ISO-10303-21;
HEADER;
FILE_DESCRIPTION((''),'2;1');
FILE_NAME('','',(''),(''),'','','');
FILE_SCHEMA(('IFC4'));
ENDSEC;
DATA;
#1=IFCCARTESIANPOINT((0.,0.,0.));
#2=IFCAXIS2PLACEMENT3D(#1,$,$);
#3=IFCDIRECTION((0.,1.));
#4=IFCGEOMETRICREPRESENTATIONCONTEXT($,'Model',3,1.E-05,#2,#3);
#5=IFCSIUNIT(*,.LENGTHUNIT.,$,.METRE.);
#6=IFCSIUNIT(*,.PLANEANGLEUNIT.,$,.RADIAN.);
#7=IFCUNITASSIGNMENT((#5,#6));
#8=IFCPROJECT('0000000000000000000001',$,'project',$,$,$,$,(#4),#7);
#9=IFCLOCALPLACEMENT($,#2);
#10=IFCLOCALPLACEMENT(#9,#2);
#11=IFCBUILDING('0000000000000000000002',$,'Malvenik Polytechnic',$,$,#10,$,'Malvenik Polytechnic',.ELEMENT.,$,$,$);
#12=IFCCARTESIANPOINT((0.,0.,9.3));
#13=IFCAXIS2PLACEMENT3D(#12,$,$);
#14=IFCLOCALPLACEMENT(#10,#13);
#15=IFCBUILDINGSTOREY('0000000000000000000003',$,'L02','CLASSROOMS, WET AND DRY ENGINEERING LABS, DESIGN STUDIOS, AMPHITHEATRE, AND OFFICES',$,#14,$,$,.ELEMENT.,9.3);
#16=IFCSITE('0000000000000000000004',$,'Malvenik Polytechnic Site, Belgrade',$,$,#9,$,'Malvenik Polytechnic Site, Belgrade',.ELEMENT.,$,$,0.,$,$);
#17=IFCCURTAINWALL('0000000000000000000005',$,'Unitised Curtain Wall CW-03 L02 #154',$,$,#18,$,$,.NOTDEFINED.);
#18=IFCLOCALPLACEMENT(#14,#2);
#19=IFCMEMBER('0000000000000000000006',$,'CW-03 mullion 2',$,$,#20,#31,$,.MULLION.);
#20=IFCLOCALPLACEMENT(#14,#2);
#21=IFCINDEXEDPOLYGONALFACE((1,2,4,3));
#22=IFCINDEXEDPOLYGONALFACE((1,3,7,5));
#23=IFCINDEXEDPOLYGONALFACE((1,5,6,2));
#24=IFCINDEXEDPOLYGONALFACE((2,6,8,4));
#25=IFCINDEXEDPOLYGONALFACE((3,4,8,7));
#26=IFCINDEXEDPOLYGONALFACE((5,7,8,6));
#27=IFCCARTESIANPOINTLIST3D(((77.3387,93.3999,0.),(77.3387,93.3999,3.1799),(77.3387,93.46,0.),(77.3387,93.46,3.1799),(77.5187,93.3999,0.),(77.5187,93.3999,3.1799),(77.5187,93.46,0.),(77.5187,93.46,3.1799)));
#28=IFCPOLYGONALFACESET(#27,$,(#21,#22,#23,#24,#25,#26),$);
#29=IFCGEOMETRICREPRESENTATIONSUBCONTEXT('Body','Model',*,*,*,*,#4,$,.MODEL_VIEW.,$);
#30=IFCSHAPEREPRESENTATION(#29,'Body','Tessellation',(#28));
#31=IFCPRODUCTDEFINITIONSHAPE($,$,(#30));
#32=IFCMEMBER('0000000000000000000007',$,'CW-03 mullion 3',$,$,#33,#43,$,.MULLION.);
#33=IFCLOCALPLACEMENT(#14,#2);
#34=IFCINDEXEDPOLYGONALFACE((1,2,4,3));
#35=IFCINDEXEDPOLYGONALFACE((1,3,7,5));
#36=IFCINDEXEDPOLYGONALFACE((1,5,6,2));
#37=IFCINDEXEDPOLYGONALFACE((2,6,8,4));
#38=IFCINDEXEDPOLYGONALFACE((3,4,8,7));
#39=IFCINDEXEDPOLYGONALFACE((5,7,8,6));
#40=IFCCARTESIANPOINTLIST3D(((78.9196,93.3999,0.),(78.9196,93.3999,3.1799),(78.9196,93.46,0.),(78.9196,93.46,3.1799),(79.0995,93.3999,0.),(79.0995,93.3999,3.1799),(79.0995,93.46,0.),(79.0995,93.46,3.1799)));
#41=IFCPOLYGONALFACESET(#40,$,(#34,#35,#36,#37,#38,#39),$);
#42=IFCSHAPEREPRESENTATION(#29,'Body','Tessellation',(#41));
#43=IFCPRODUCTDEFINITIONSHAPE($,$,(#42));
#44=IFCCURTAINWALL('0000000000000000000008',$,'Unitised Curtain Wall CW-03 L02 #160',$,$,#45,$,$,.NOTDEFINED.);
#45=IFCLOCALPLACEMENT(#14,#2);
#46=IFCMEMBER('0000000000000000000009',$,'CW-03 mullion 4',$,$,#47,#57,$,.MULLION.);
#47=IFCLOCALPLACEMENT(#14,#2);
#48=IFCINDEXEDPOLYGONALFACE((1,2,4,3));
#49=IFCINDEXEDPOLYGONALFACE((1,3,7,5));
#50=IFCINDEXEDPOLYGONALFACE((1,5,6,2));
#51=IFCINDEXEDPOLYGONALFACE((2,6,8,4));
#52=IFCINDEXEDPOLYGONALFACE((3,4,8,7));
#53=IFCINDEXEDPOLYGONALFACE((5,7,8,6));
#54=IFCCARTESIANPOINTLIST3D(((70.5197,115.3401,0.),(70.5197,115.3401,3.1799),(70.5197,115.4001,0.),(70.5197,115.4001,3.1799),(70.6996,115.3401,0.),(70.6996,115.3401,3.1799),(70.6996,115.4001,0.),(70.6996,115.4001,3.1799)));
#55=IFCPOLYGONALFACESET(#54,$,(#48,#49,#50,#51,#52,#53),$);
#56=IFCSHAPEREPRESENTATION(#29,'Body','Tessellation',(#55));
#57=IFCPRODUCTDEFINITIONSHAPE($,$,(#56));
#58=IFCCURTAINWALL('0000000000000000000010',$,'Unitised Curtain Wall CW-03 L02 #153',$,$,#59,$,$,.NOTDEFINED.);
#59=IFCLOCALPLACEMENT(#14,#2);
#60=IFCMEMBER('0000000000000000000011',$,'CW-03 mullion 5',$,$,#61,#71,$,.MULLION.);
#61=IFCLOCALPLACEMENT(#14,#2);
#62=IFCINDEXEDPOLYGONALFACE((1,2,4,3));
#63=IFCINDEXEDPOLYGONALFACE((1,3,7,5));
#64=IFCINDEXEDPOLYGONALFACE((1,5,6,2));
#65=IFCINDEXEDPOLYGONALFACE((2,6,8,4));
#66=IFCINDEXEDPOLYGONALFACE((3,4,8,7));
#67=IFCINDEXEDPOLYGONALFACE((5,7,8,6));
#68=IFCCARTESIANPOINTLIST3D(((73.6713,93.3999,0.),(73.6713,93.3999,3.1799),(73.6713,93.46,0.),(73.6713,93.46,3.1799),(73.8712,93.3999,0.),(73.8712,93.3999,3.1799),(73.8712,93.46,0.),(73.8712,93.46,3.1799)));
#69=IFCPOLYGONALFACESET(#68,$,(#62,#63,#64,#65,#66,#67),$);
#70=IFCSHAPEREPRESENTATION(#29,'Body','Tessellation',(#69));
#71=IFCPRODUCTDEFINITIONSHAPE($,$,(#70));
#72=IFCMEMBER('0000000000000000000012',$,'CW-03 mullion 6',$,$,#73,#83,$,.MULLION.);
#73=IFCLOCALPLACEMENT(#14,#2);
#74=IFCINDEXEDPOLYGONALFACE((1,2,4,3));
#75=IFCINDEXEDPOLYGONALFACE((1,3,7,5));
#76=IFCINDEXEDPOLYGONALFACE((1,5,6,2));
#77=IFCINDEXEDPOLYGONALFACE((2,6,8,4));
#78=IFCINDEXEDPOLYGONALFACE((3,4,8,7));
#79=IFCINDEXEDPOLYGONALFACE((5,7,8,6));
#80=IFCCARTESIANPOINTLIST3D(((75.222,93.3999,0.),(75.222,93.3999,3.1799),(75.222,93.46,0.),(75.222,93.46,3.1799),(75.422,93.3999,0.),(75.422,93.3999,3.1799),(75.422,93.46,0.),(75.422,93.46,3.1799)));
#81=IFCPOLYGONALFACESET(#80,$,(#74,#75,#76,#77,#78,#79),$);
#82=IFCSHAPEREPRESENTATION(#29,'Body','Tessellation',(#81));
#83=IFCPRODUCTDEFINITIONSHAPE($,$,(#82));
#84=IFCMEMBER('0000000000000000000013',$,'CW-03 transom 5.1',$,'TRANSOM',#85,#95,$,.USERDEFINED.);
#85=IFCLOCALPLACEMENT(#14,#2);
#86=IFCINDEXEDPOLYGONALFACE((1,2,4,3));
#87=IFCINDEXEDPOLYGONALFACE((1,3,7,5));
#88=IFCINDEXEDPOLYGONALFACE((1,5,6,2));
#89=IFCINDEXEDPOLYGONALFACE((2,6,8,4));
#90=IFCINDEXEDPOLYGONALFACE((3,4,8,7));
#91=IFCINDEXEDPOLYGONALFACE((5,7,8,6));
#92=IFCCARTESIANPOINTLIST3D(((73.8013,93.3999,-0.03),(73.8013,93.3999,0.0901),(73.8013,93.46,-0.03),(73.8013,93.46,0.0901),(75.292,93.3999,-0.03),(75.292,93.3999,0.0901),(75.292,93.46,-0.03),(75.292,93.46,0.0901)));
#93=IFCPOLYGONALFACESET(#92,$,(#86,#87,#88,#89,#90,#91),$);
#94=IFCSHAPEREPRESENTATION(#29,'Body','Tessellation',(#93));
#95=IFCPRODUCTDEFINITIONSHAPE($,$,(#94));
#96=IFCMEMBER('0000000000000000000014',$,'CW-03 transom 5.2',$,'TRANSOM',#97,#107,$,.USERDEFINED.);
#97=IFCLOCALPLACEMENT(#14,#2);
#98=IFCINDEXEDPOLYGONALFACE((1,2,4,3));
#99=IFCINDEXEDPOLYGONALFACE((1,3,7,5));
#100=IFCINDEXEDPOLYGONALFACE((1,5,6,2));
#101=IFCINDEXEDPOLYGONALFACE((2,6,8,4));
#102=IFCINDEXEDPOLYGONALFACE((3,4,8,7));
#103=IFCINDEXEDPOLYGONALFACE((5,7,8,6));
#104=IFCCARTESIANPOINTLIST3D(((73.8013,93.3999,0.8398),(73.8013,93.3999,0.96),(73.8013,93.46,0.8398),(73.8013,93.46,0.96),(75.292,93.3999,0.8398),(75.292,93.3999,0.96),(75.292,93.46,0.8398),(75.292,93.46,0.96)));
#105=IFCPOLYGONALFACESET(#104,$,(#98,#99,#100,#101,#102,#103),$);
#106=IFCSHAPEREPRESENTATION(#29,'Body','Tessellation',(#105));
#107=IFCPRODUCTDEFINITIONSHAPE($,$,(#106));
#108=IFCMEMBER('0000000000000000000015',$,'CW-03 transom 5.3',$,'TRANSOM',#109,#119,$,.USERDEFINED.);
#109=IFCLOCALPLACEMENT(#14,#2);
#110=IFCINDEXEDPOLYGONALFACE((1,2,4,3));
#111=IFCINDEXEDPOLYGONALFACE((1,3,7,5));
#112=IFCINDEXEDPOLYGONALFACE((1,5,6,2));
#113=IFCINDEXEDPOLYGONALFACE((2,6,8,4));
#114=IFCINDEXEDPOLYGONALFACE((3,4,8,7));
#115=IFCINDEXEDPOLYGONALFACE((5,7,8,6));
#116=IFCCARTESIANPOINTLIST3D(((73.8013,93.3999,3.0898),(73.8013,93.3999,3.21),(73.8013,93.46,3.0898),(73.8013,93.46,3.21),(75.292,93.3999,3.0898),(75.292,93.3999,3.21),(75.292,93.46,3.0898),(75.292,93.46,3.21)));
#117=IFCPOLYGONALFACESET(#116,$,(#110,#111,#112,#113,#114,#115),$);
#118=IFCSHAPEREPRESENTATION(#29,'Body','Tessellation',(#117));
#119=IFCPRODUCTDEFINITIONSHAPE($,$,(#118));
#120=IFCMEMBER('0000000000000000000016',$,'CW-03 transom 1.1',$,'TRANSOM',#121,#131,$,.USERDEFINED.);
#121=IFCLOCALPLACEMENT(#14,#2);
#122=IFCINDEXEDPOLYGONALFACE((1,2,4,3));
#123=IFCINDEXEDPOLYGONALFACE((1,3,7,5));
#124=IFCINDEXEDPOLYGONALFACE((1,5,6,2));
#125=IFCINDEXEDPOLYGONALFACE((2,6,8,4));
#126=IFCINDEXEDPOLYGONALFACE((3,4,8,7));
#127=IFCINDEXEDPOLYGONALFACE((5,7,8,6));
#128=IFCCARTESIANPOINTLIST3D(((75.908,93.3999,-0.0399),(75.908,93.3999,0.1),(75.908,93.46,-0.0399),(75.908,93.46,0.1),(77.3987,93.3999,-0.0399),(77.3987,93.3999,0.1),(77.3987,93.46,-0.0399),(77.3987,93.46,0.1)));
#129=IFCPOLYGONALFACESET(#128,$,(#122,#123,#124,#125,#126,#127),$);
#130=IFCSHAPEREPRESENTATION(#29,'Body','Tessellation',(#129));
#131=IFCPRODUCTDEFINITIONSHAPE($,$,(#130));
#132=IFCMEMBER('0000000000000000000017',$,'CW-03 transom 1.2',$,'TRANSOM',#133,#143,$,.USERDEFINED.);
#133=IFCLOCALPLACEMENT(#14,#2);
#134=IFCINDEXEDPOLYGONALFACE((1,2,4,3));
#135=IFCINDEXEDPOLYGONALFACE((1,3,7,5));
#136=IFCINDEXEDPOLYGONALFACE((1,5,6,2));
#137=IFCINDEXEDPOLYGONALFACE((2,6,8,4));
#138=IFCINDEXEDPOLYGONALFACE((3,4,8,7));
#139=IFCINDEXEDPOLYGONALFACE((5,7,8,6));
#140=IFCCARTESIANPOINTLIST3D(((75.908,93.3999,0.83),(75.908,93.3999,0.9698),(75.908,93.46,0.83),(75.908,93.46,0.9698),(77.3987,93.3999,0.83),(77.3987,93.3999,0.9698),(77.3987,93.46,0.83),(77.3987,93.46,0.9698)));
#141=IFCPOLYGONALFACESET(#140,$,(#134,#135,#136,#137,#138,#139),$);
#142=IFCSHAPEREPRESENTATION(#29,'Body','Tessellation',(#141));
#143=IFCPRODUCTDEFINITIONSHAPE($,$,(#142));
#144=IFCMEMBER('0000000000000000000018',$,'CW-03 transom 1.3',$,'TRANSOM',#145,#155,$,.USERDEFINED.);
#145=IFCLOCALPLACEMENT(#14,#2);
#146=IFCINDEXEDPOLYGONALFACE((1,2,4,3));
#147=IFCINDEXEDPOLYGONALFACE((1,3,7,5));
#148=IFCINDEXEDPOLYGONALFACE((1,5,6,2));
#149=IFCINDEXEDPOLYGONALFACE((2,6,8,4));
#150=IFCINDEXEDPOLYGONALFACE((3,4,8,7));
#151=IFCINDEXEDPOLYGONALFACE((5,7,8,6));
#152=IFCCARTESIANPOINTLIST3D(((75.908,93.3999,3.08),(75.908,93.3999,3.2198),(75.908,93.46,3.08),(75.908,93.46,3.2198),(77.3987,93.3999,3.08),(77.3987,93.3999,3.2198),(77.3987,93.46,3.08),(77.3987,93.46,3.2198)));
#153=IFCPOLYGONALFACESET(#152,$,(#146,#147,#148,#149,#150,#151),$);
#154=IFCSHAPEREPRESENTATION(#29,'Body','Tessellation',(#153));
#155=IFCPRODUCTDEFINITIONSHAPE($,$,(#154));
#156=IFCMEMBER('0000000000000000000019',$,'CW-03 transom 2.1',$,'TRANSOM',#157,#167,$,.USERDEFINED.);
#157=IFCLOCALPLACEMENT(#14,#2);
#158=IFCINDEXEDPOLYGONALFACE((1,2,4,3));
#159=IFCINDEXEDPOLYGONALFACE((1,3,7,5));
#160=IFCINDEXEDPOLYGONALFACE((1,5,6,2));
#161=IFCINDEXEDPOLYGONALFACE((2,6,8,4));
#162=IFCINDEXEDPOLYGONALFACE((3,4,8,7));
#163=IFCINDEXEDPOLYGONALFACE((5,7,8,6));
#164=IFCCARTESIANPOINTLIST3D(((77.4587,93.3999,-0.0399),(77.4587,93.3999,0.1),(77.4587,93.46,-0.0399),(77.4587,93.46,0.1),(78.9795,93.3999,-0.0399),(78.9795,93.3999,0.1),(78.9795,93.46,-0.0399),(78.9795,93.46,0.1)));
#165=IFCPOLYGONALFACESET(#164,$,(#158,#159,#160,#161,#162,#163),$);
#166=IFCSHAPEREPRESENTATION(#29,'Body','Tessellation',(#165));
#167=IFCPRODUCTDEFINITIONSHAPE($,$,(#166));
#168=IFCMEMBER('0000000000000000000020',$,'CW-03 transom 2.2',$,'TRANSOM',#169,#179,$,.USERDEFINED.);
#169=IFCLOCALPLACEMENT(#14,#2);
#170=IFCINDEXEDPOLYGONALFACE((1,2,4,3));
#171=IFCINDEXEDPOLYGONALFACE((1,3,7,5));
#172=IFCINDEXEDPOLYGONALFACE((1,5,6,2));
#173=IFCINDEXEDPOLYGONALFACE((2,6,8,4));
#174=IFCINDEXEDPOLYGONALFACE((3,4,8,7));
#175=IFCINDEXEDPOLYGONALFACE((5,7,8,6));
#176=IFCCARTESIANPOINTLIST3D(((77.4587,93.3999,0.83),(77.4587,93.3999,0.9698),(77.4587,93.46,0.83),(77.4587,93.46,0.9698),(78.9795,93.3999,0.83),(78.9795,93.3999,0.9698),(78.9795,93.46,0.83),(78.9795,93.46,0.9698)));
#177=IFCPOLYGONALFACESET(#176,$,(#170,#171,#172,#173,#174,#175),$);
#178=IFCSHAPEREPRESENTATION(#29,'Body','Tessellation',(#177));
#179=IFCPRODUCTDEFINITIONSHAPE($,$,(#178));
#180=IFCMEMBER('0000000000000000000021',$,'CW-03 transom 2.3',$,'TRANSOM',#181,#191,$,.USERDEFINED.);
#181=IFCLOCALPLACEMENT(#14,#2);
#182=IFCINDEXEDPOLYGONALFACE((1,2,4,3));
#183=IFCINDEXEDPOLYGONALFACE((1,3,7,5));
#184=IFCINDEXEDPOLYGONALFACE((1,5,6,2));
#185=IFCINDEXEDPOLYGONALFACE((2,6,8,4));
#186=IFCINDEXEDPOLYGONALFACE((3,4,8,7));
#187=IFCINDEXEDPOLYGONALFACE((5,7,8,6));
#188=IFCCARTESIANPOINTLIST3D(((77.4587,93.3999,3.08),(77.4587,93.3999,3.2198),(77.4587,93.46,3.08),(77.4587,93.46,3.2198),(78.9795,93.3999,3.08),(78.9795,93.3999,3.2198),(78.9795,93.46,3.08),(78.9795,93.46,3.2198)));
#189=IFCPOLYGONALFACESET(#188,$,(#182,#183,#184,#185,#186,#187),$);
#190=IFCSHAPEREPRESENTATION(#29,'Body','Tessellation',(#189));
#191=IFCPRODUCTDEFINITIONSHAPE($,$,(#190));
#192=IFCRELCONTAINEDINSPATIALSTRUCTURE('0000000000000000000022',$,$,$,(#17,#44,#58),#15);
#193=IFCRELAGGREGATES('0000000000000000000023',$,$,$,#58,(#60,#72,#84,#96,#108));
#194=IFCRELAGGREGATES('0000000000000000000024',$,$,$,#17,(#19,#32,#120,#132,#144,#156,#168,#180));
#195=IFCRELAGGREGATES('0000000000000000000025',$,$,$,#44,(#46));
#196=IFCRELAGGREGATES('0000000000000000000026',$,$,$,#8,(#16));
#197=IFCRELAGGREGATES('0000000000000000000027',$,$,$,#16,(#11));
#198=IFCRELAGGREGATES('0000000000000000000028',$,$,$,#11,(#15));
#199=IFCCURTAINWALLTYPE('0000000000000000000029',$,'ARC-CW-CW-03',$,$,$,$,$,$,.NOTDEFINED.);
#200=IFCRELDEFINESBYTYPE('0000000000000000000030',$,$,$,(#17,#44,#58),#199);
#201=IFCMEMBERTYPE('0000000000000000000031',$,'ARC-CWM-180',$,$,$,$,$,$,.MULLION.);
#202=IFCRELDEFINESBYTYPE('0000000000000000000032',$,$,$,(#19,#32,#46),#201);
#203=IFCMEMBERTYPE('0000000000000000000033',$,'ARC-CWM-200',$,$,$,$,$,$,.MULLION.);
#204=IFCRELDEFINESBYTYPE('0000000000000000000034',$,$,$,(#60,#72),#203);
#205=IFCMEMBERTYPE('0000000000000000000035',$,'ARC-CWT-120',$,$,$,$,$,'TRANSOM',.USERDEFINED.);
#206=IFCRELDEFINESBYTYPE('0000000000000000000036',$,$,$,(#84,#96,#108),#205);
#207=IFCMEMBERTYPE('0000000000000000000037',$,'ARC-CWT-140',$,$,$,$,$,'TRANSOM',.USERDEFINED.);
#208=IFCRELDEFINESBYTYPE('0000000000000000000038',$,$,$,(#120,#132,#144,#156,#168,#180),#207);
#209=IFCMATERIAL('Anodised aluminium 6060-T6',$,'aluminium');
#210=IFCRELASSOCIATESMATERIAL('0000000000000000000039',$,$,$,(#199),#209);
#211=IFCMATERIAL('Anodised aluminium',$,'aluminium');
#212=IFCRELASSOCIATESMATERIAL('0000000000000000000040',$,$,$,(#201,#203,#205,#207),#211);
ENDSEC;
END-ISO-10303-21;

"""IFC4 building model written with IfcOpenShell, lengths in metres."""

from ifc_helpers import new_model, si_unit, direction, frame, origin, origin_2d, place, context, subcontext, project, spatial, rectangle, extrude, material, material_profile, profile_set, type_object, element, aggregate, save


model = new_model("IFC4")

# Units and contexts
model_context = context("Model", 3, precision=1e-05, world=origin(), true_north=direction((0.0, 1.0)))
body_context = subcontext(model_context, "Body", "Model", "MODEL_VIEW")
ifc_project = project(units=[si_unit("LENGTHUNIT", "METRE"), si_unit("PLANEANGLEUNIT", "RADIAN")], contexts=[model_context])

# Site, building, storey
site_placement = place(None, origin())
site = spatial("IfcSite", under=ifc_project, at=site_placement, Name="Malvenik Polytechnic Site, Belgrade", LongName="Malvenik Polytechnic Site, Belgrade", CompositionType="ELEMENT", RefElevation=0.0)
building_placement = place(site_placement, origin())
building = spatial("IfcBuilding", under=site, at=building_placement, Name="Malvenik Polytechnic", LongName="Malvenik Polytechnic", CompositionType="ELEMENT")
storey_placement = place(building_placement, frame((0.0, 0.0, 9.3)))
storey = spatial("IfcBuildingStorey", under=building, at=storey_placement, Name="L02", Description="CLASSROOMS, WET AND DRY ENGINEERING LABS, DESIGN STUDIOS, AMPHITHEATRE, AND OFFICES", CompositionType="ELEMENT", Elevation=9.3)

# Curtain wall, members
ifc_material_1 = material(Name="Anodised aluminium 6060-T6", Category="aluminium")
curtain_wall_type = type_object("IfcCurtainWallType", Name="ARC-CW-CW-03", PredefinedType="NOTDEFINED", material=ifc_material_1)
curtain_wall_1_placement = place(storey_placement, origin())
curtain_wall_1 = element("IfcCurtainWall", 1, at=curtain_wall_1_placement, inside=storey, type_object=curtain_wall_type, Name="Unitised Curtain Wall CW-03 L02 #154", PredefinedType="NOTDEFINED")
ifc_material_2 = material(Name="Anodised aluminium", Category="aluminium")
ifc_material_profile_1 = material_profile(ifc_material_2, rectangle(XDim=0.0601, YDim=0.1799, at=origin_2d()), Name="ALU MULLION 60x180")
ifc_profile_set_1 = profile_set([ifc_material_profile_1], Name="Anodised aluminium")
member_type_1 = type_object("IfcMemberType", Name="ARC-CWM-180", PredefinedType="MULLION", material=ifc_profile_set_1)
member_1_placement = place(storey_placement, frame((77.4287, 93.4299, 0.0), z_axis=(0.0, 0.0, 1.0), x_axis=(0.0, 1.0, 0.0)))
member_1 = element("IfcMember", 2, at=member_1_placement, type_object=member_type_1, Name="CW-03 mullion 2", PredefinedType="MULLION", context=body_context, shape_type="SweptSolid", body=[
    extrude(rectangle(XDim=0.0601, YDim=0.1799, at=origin_2d()), origin(), (0.0, 0.0, 1.0), 3.1799),
])
member_2_placement = place(storey_placement, frame((79.0095, 93.4299, 0.0), z_axis=(0.0, 0.0, 1.0), x_axis=(0.0, 1.0, 0.0)))
member_2 = element("IfcMember", 3, at=member_2_placement, type_object=member_type_1, Name="CW-03 mullion 3", PredefinedType="MULLION", context=body_context, shape_type="SweptSolid", body=[
    extrude(rectangle(XDim=0.0601, YDim=0.1799, at=origin_2d()), origin(), (0.0, 0.0, 1.0), 3.1799),
])

# Curtain wall, member
curtain_wall_2_placement = place(storey_placement, origin())
curtain_wall_2 = element("IfcCurtainWall", 4, at=curtain_wall_2_placement, inside=storey, type_object=curtain_wall_type, Name="Unitised Curtain Wall CW-03 L02 #160", PredefinedType="NOTDEFINED")
member_3_placement = place(storey_placement, frame((70.6096, 115.3701, 0.0), z_axis=(0.0, 0.0, 1.0), x_axis=(0.0, -1.0, 0.0)))
member_3 = element("IfcMember", 5, at=member_3_placement, type_object=member_type_1, Name="CW-03 mullion 4", PredefinedType="MULLION", context=body_context, shape_type="SweptSolid", body=[
    extrude(rectangle(XDim=0.0601, YDim=0.1799, at=origin_2d()), origin(), (0.0, 0.0, 1.0), 3.1799),
])

# Curtain wall, members
curtain_wall_3_placement = place(storey_placement, origin())
curtain_wall_3 = element("IfcCurtainWall", 6, at=curtain_wall_3_placement, inside=storey, type_object=curtain_wall_type, Name="Unitised Curtain Wall CW-03 L02 #153", PredefinedType="NOTDEFINED")
ifc_material_profile_2 = material_profile(ifc_material_2, rectangle(XDim=0.0601, YDim=0.2, at=origin_2d()), Name="ALU MULLION 60x200")
ifc_profile_set_2 = profile_set([ifc_material_profile_2], Name="Anodised aluminium")
member_type_2 = type_object("IfcMemberType", Name="ARC-CWM-200", PredefinedType="MULLION", material=ifc_profile_set_2)
member_4_placement = place(storey_placement, frame((73.7712, 93.4299, 0.0), z_axis=(0.0, 0.0, 1.0), x_axis=(0.0, 1.0, 0.0)))
member_4 = element("IfcMember", 7, at=member_4_placement, type_object=member_type_2, Name="CW-03 mullion 5", PredefinedType="MULLION", context=body_context, shape_type="SweptSolid", body=[
    extrude(rectangle(XDim=0.0601, YDim=0.2, at=origin_2d()), origin(), (0.0, 0.0, 1.0), 3.1799),
])
member_5_placement = place(storey_placement, frame((75.322, 93.4299, 0.0), z_axis=(0.0, 0.0, 1.0), x_axis=(0.0, 1.0, 0.0)))
member_5 = element("IfcMember", 8, at=member_5_placement, type_object=member_type_2, Name="CW-03 mullion 6", PredefinedType="MULLION", context=body_context, shape_type="SweptSolid", body=[
    extrude(rectangle(XDim=0.0601, YDim=0.2, at=origin_2d()), origin(), (0.0, 0.0, 1.0), 3.1799),
])
ifc_material_profile_3 = material_profile(ifc_material_2, rectangle(XDim=0.0601, YDim=0.1201, at=origin_2d()), Name="ALU TRANSOM 60x120")
ifc_profile_set_3 = profile_set([ifc_material_profile_3], Name="Anodised aluminium")
member_type_3 = type_object("IfcMemberType", Name="ARC-CWT-120", ElementType="TRANSOM", PredefinedType="USERDEFINED", material=ifc_profile_set_3)
member_6_placement = place(storey_placement, frame((73.8013, 93.4299, 0.03), z_axis=(1.0, 0.0, 0.0), x_axis=(0.0, 1.0, 0.0)))
member_6 = element("IfcMember", 9, at=member_6_placement, type_object=member_type_3, Name="CW-03 transom 5.1", ObjectType="TRANSOM", PredefinedType="USERDEFINED", context=body_context, shape_type="SweptSolid", body=[
    extrude(rectangle(XDim=0.0601, YDim=0.1201, at=origin_2d()), origin(), (0.0, 0.0, 1.0), 1.4907),
])
member_7_placement = place(storey_placement, frame((73.8013, 93.4299, 0.8999), z_axis=(1.0, 0.0, 0.0), x_axis=(0.0, 1.0, 0.0)))
member_7 = element("IfcMember", 10, at=member_7_placement, type_object=member_type_3, Name="CW-03 transom 5.2", ObjectType="TRANSOM", PredefinedType="USERDEFINED", context=body_context, shape_type="SweptSolid", body=[
    extrude(rectangle(XDim=0.0601, YDim=0.1201, at=origin_2d()), origin(), (0.0, 0.0, 1.0), 1.4907),
])
member_8_placement = place(storey_placement, frame((73.8013, 93.4299, 3.1499), z_axis=(1.0, 0.0, 0.0), x_axis=(0.0, 1.0, 0.0)))
member_8 = element("IfcMember", 11, at=member_8_placement, type_object=member_type_3, Name="CW-03 transom 5.3", ObjectType="TRANSOM", PredefinedType="USERDEFINED", context=body_context, shape_type="SweptSolid", body=[
    extrude(rectangle(XDim=0.0601, YDim=0.1201, at=origin_2d()), origin(), (0.0, 0.0, 1.0), 1.4907),
])

# Members
ifc_material_profile_4 = material_profile(ifc_material_2, rectangle(XDim=0.0601, YDim=0.1399, at=origin_2d()), Name="ALU TRANSOM 60x140")
ifc_profile_set_4 = profile_set([ifc_material_profile_4], Name="Anodised aluminium")
member_type_4 = type_object("IfcMemberType", Name="ARC-CWT-140", ElementType="TRANSOM", PredefinedType="USERDEFINED", material=ifc_profile_set_4)
member_9_placement = place(storey_placement, frame((75.908, 93.4299, 0.03), z_axis=(1.0, 0.0, 0.0), x_axis=(0.0, 1.0, 0.0)))
member_9 = element("IfcMember", 12, at=member_9_placement, type_object=member_type_4, Name="CW-03 transom 1.1", ObjectType="TRANSOM", PredefinedType="USERDEFINED", context=body_context, shape_type="SweptSolid", body=[
    extrude(rectangle(XDim=0.0601, YDim=0.1399, at=origin_2d()), origin(), (0.0, 0.0, 1.0), 1.4907),
])
member_10_placement = place(storey_placement, frame((75.908, 93.4299, 0.8999), z_axis=(1.0, 0.0, 0.0), x_axis=(0.0, 1.0, 0.0)))
member_10 = element("IfcMember", 13, at=member_10_placement, type_object=member_type_4, Name="CW-03 transom 1.2", ObjectType="TRANSOM", PredefinedType="USERDEFINED", context=body_context, shape_type="SweptSolid", body=[
    extrude(rectangle(XDim=0.0601, YDim=0.1399, at=origin_2d()), origin(), (0.0, 0.0, 1.0), 1.4907),
])
member_11_placement = place(storey_placement, frame((75.908, 93.4299, 3.1499), z_axis=(1.0, 0.0, 0.0), x_axis=(0.0, 1.0, 0.0)))
member_11 = element("IfcMember", 14, at=member_11_placement, type_object=member_type_4, Name="CW-03 transom 1.3", ObjectType="TRANSOM", PredefinedType="USERDEFINED", context=body_context, shape_type="SweptSolid", body=[
    extrude(rectangle(XDim=0.0601, YDim=0.1399, at=origin_2d()), origin(), (0.0, 0.0, 1.0), 1.4907),
])
member_12_placement = place(storey_placement, frame((77.4587, 93.4299, 0.03), z_axis=(1.0, 0.0, 0.0), x_axis=(0.0, 1.0, 0.0)))
member_12 = element("IfcMember", 15, at=member_12_placement, type_object=member_type_4, Name="CW-03 transom 2.1", ObjectType="TRANSOM", PredefinedType="USERDEFINED", context=body_context, shape_type="SweptSolid", body=[
    extrude(rectangle(XDim=0.0601, YDim=0.1399, at=origin_2d()), origin(), (0.0, 0.0, 1.0), 1.5208),
])
member_13_placement = place(storey_placement, frame((77.4587, 93.4299, 0.8999), z_axis=(1.0, 0.0, 0.0), x_axis=(0.0, 1.0, 0.0)))
member_13 = element("IfcMember", 16, at=member_13_placement, type_object=member_type_4, Name="CW-03 transom 2.2", ObjectType="TRANSOM", PredefinedType="USERDEFINED", context=body_context, shape_type="SweptSolid", body=[
    extrude(rectangle(XDim=0.0601, YDim=0.1399, at=origin_2d()), origin(), (0.0, 0.0, 1.0), 1.5208),
])
member_14_placement = place(storey_placement, frame((77.4587, 93.4299, 3.1499), z_axis=(1.0, 0.0, 0.0), x_axis=(0.0, 1.0, 0.0)))
member_14 = element("IfcMember", 17, at=member_14_placement, type_object=member_type_4, Name="CW-03 transom 2.3", ObjectType="TRANSOM", PredefinedType="USERDEFINED", context=body_context, shape_type="SweptSolid", body=[
    extrude(rectangle(XDim=0.0601, YDim=0.1399, at=origin_2d()), origin(), (0.0, 0.0, 1.0), 1.5208),
])

aggregate(curtain_wall_3, [member_4, member_5, member_6, member_7, member_8])
aggregate(curtain_wall_1, [member_1, member_2, member_9, member_10, member_11, member_12, member_13, member_14])
aggregate(curtain_wall_2, [member_3])

save(model, "model.ifc")
